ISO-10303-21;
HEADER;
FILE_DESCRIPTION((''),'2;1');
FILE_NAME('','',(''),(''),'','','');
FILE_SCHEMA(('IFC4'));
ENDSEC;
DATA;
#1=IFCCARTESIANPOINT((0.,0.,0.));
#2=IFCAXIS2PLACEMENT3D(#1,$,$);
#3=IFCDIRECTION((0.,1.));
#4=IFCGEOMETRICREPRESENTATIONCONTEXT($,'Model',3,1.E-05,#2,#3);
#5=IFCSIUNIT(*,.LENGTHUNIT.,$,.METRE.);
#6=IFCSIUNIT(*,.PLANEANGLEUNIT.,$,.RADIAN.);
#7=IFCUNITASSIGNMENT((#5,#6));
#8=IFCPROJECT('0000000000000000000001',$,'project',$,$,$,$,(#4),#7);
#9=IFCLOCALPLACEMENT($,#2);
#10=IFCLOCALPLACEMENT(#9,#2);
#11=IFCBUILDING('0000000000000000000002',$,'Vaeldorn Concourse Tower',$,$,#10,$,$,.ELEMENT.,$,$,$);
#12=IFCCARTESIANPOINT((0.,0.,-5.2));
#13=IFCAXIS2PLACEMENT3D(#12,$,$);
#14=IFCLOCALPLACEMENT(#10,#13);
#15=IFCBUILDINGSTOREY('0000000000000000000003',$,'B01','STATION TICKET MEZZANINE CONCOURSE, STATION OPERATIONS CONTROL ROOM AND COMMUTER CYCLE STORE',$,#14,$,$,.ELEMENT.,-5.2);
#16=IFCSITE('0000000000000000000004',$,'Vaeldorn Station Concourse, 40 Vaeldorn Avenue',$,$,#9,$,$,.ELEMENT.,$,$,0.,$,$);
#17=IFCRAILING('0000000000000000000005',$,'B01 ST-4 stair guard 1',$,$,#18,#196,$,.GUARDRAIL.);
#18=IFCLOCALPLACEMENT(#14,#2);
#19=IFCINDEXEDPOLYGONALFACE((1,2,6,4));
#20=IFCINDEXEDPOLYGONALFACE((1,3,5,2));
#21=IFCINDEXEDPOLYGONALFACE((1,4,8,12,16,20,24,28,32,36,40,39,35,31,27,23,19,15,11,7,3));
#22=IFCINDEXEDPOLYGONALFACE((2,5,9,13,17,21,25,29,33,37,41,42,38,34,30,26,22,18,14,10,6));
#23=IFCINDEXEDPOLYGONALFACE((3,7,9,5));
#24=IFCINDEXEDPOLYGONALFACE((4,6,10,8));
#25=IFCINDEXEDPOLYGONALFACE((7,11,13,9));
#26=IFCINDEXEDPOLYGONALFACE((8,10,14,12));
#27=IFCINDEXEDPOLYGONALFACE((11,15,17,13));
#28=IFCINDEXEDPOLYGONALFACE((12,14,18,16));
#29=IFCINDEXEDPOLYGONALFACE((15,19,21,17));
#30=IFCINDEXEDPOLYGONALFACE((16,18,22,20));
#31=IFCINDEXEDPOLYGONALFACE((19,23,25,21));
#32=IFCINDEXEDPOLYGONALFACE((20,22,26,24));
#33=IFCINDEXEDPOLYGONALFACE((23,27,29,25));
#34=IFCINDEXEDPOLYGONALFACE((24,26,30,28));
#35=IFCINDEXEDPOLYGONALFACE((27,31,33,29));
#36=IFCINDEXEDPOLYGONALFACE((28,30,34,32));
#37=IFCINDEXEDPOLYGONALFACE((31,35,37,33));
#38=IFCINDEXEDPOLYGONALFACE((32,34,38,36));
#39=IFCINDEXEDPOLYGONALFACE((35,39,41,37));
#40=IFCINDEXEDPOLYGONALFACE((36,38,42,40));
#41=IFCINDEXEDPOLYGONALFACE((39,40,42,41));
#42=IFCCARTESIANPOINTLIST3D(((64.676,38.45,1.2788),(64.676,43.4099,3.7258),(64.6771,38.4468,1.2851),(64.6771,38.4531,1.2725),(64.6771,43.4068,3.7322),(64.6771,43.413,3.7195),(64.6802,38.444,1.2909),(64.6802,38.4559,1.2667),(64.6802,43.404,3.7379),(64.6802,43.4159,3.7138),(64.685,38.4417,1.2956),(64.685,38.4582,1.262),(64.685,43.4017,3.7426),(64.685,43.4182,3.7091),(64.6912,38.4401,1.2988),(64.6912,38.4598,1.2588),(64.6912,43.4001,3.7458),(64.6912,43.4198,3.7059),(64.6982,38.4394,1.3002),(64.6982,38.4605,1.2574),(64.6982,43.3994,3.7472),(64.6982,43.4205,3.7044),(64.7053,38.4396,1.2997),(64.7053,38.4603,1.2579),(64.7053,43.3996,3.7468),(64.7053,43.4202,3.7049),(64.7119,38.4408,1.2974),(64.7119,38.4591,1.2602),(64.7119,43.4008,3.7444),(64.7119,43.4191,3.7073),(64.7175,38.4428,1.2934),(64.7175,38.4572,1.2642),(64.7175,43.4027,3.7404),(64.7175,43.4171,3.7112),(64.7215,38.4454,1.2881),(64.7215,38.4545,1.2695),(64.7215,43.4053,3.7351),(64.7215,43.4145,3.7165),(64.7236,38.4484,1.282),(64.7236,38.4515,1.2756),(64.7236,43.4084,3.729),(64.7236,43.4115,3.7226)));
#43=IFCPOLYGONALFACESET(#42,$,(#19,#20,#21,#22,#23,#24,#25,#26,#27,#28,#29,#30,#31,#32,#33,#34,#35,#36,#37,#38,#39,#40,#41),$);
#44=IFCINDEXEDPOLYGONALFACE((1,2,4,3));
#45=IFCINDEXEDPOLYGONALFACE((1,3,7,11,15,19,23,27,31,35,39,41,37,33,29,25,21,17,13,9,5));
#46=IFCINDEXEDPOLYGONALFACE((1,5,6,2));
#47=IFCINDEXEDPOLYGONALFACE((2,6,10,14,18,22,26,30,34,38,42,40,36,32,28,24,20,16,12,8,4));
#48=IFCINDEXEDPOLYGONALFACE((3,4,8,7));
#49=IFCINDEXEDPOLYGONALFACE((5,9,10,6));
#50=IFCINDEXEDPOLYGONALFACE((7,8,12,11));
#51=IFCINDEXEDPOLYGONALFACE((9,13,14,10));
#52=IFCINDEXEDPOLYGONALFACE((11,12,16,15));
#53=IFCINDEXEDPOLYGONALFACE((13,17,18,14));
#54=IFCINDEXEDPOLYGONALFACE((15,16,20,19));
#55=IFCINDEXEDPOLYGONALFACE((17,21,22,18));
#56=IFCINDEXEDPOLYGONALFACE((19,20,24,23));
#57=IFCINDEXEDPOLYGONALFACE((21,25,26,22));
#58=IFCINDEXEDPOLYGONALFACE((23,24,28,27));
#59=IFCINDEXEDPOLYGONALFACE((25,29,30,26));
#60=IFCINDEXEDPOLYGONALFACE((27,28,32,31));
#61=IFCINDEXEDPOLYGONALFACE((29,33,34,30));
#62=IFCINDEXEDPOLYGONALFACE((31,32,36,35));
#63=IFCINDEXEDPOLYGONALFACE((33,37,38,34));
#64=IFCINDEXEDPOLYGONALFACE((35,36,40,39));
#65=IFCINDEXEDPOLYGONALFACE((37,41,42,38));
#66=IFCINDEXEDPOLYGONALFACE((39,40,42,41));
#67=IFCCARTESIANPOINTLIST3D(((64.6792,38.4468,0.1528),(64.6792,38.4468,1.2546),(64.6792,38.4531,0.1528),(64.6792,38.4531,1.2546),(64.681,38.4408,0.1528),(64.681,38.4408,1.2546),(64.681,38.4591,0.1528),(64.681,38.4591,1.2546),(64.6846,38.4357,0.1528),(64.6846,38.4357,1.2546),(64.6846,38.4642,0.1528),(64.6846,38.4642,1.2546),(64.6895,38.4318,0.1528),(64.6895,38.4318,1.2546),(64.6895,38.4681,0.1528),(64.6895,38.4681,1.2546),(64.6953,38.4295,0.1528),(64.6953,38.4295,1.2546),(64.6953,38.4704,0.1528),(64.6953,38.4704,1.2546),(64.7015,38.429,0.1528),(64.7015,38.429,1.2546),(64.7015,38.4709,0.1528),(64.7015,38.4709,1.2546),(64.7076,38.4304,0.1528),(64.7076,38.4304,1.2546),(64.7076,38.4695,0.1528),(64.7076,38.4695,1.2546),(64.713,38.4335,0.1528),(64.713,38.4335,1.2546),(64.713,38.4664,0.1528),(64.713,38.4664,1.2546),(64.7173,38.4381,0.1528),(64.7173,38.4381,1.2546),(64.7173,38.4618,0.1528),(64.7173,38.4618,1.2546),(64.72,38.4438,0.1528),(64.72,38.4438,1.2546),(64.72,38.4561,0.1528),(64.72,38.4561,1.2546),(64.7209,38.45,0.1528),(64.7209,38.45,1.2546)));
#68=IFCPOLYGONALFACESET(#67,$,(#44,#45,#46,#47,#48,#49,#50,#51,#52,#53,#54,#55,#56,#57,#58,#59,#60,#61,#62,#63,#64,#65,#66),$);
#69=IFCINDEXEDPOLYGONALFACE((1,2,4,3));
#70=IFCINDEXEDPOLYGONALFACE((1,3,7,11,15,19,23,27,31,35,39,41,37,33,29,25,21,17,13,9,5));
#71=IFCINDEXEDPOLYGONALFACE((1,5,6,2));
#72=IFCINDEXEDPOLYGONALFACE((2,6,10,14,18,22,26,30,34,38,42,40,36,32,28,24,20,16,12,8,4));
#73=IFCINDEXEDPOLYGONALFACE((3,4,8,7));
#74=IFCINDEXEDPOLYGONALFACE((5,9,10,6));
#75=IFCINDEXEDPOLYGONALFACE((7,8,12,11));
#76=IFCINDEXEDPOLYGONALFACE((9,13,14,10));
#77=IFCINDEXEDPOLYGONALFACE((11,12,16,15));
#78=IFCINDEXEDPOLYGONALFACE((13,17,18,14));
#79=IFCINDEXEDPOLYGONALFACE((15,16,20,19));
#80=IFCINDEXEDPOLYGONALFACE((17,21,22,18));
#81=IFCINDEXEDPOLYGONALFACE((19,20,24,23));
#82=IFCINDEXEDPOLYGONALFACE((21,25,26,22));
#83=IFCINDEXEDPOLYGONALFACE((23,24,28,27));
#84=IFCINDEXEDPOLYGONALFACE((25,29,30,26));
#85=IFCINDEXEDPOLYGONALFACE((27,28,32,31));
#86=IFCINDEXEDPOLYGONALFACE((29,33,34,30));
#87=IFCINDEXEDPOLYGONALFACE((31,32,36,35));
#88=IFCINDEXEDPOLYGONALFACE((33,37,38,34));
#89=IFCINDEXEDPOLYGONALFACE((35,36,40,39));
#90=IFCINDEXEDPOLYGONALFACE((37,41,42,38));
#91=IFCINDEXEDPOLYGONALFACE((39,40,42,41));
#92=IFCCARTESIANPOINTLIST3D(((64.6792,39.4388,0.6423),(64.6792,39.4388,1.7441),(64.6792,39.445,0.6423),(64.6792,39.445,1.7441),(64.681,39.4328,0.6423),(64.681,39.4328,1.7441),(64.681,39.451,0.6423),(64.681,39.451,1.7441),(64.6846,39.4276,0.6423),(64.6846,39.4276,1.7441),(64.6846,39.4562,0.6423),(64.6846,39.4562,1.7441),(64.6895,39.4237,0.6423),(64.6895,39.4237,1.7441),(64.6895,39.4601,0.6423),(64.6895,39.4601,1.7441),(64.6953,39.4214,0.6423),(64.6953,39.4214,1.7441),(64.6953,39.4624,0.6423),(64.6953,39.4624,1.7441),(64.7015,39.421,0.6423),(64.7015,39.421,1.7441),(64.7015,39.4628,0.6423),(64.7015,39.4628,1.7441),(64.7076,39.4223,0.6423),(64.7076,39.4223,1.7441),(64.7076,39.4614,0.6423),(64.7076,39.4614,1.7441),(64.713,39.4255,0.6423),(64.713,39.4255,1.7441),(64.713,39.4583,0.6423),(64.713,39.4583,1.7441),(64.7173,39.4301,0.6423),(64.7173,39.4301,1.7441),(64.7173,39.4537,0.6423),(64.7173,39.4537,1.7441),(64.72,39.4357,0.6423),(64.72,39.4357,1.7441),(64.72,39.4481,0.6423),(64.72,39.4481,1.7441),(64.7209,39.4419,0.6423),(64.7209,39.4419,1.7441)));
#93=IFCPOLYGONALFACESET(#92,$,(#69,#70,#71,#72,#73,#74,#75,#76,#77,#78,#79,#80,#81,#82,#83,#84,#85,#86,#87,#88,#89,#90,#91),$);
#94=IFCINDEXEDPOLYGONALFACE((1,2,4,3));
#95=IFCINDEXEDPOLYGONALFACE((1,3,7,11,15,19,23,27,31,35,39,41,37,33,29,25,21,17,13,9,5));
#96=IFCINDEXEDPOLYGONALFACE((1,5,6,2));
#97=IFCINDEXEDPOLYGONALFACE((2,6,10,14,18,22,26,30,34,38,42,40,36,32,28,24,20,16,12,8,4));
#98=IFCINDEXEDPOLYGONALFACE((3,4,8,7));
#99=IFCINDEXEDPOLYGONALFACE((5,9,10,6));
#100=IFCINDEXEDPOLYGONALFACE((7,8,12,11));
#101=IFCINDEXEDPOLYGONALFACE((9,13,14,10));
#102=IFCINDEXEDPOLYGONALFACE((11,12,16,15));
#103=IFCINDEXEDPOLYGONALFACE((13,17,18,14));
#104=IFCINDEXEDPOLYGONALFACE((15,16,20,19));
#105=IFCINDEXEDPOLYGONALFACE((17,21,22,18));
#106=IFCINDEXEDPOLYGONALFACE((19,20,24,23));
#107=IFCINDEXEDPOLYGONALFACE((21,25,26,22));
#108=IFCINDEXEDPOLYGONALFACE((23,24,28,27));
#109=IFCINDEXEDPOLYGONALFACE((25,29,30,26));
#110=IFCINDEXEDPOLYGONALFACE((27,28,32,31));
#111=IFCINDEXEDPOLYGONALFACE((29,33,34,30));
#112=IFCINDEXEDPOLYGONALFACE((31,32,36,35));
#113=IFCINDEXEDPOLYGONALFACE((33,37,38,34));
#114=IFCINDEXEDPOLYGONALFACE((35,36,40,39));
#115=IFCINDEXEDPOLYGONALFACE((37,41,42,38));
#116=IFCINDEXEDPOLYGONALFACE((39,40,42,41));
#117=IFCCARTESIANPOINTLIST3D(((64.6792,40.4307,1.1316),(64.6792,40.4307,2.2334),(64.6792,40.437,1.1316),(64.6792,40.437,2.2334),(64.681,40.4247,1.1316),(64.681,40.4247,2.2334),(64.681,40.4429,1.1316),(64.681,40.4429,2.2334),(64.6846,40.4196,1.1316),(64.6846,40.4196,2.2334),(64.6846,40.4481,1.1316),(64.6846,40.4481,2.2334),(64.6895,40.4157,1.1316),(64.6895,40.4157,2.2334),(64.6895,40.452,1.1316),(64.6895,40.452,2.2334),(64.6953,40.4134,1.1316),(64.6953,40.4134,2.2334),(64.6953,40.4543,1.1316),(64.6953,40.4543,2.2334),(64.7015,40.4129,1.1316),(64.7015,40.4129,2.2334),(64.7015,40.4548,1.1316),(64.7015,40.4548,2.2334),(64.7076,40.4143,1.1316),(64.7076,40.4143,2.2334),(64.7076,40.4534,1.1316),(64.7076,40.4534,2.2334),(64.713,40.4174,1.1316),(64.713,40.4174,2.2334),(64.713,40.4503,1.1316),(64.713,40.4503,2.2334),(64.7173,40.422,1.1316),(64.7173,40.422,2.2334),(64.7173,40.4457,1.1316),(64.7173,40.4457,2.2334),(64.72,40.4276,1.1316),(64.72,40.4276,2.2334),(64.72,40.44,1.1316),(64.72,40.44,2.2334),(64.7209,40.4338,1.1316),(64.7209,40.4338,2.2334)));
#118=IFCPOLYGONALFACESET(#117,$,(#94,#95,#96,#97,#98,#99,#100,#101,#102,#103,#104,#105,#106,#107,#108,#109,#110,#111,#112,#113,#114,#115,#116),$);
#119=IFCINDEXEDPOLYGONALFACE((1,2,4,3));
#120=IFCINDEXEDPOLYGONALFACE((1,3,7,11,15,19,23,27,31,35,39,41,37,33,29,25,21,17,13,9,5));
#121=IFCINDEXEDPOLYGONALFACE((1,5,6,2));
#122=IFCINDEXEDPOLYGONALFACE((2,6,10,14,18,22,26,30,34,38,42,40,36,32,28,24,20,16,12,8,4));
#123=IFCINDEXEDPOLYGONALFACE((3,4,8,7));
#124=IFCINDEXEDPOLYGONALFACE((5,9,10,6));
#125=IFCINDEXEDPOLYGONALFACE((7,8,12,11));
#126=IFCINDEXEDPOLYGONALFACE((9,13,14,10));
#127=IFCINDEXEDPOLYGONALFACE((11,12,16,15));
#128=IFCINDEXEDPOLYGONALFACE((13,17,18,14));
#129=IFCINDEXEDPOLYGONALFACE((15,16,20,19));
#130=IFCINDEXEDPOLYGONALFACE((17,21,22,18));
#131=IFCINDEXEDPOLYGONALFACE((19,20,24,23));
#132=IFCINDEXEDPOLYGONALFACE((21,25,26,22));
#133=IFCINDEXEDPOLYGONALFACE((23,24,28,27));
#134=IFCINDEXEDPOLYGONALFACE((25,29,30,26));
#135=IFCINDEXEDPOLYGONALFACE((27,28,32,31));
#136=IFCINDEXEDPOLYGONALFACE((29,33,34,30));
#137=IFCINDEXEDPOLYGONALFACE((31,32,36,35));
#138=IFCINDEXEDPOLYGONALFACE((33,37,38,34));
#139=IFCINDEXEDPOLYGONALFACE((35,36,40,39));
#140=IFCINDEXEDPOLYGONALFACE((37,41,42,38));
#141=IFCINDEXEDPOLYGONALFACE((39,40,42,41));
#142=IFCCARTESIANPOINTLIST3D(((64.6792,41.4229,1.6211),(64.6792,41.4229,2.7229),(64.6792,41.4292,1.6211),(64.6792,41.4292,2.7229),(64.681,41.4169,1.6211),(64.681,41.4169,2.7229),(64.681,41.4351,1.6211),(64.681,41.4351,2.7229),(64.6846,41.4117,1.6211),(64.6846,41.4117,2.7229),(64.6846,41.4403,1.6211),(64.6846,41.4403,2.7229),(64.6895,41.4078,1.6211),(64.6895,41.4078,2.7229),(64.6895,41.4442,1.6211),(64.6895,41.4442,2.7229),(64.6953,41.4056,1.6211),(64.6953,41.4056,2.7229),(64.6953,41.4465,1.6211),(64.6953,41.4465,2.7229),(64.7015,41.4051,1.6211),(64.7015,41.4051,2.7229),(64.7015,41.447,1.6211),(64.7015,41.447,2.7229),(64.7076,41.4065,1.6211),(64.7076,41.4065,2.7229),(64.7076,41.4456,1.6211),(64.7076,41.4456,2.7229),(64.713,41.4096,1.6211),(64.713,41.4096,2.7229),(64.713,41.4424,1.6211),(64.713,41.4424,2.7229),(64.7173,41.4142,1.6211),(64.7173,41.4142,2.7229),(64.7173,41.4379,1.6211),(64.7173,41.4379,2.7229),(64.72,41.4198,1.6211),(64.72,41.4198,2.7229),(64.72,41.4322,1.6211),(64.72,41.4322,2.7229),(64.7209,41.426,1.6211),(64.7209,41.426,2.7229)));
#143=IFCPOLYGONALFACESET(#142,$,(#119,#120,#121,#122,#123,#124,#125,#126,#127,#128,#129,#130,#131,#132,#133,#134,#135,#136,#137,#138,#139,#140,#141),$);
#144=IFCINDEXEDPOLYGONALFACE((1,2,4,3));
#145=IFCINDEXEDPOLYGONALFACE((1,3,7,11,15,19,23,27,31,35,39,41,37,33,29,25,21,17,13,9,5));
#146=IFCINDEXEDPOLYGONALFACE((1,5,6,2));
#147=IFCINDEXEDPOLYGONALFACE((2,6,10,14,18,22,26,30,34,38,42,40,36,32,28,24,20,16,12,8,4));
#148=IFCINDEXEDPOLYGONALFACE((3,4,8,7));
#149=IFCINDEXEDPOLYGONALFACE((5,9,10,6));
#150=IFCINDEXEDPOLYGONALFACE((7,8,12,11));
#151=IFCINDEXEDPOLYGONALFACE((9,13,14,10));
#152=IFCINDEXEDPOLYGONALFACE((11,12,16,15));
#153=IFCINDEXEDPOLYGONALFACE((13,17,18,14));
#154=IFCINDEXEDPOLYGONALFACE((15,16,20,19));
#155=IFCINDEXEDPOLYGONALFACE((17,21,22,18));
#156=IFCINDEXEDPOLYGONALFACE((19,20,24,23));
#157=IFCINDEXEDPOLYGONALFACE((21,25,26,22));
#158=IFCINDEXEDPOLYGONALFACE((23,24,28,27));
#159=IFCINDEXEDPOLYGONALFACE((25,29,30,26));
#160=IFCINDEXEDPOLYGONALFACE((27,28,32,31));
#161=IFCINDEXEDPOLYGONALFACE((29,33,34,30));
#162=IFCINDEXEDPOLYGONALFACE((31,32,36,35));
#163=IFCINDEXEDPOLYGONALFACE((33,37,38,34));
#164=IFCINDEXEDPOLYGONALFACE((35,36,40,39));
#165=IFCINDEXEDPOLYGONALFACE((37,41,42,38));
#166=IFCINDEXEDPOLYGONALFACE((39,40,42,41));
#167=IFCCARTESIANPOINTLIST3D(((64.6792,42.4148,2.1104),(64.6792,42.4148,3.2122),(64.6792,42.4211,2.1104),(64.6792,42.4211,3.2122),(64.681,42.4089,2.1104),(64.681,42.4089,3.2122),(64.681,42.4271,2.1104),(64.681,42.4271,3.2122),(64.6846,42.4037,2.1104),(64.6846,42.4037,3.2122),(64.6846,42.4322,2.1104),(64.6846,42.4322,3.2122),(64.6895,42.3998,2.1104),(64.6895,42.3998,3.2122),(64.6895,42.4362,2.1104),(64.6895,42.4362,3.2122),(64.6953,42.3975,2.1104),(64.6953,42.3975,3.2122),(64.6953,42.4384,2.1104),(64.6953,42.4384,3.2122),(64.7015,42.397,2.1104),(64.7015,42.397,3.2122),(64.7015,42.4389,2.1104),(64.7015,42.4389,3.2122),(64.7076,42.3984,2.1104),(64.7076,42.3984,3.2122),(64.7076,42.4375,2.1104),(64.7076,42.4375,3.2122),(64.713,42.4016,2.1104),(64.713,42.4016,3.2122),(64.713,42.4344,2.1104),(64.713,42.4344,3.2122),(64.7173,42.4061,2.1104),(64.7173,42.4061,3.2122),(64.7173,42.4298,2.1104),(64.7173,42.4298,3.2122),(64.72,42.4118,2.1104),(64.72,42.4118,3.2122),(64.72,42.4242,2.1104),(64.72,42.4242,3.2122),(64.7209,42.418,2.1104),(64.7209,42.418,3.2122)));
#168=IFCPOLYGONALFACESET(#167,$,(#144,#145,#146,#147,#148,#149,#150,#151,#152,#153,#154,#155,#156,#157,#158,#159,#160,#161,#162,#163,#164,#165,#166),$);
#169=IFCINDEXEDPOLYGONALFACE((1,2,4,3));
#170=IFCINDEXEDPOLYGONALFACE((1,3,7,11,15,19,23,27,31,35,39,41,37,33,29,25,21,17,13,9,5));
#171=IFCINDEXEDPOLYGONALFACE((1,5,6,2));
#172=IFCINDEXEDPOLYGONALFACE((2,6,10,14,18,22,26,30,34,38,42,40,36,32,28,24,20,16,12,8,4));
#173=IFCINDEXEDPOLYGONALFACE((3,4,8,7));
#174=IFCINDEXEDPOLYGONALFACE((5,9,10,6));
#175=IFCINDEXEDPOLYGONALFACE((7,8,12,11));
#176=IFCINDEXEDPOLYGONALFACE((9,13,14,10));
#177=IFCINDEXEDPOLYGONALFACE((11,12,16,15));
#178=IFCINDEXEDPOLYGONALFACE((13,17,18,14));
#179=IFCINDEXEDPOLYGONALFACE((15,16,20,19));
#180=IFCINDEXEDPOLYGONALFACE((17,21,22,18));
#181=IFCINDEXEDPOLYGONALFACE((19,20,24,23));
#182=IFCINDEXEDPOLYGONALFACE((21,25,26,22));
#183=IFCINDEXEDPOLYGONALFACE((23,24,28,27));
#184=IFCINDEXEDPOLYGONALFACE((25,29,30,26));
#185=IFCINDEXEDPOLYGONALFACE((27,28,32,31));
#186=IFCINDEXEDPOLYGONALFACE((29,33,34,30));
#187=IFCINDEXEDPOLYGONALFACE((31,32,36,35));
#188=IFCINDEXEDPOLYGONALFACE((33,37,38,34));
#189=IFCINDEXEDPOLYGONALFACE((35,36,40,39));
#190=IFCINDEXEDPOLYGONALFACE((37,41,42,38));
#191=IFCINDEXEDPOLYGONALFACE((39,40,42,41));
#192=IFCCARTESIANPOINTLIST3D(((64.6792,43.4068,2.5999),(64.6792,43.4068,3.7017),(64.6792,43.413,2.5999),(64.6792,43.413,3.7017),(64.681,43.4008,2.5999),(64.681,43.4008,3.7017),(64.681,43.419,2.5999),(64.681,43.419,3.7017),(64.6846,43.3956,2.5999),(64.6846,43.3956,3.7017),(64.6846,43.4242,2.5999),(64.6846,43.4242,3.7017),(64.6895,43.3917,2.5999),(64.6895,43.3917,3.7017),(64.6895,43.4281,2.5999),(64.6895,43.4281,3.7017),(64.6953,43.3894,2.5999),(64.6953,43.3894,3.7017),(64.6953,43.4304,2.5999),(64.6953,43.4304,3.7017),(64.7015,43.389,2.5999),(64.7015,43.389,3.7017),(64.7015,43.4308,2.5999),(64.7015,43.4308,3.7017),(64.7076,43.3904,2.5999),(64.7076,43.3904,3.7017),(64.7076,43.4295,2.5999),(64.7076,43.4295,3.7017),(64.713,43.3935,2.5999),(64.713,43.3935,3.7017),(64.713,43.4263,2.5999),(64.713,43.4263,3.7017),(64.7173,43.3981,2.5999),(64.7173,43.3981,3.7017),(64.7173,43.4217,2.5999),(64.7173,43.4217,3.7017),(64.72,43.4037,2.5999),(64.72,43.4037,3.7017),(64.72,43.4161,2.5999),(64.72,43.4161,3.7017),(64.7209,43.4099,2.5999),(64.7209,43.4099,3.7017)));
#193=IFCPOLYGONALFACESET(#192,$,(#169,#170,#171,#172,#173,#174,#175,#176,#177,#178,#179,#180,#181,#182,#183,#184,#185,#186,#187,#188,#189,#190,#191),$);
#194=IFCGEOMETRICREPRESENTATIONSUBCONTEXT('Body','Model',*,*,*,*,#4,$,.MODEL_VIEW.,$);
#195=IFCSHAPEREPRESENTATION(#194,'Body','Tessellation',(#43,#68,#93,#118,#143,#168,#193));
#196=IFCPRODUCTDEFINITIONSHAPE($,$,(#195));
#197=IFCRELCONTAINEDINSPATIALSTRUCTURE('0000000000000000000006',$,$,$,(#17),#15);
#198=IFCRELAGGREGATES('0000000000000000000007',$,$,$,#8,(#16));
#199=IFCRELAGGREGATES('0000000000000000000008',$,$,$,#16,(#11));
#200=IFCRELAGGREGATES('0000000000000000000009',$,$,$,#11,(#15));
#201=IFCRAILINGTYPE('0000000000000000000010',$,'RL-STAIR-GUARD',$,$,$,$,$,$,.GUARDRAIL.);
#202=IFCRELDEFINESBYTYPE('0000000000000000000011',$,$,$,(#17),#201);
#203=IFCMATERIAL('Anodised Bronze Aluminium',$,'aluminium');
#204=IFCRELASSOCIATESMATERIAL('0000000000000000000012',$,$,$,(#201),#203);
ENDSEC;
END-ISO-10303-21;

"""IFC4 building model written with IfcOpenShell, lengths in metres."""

from ifc_helpers import new_model, si_unit, direction, frame, origin, origin_2d, place, context, subcontext, project, spatial, circle, extrude, material, type_object, element, save


model = new_model("IFC4")

# Units and contexts
model_context = context("Model", 3, precision=1e-05, world=origin(), true_north=direction((0.0, 1.0)))
body_context = subcontext(model_context, "Body", "Model", "MODEL_VIEW")
ifc_project = project(units=[si_unit("LENGTHUNIT", "METRE"), si_unit("PLANEANGLEUNIT", "RADIAN")], contexts=[model_context])

# Site, building, storey
site_placement = place(None, origin())
site = spatial("IfcSite", under=ifc_project, at=site_placement, Name="Vaeldorn Station Concourse, 40 Vaeldorn Avenue", CompositionType="ELEMENT", RefElevation=0.0)
building_placement = place(site_placement, origin())
building = spatial("IfcBuilding", under=site, at=building_placement, Name="Vaeldorn Concourse Tower", CompositionType="ELEMENT")
storey_placement = place(building_placement, frame((0.0, 0.0, -5.2)))
storey = spatial("IfcBuildingStorey", under=building, at=storey_placement, Name="B01", Description="STATION TICKET MEZZANINE CONCOURSE, STATION OPERATIONS CONTROL ROOM AND COMMUTER CYCLE STORE", CompositionType="ELEMENT", Elevation=-5.2)

# Railing
ifc_material_1 = material(Name="Anodised Bronze Aluminium", Category="aluminium")
railing_type_1 = type_object("IfcRailingType", Name="RL-STAIR-GUARD", PredefinedType="GUARDRAIL", material=ifc_material_1)
railing_1_placement = place(storey_placement, frame((64.7, 38.45, 0.1528)))
element("IfcRailing", 1, at=railing_1_placement, inside=storey, type_object=railing_type_1, Name="B01 ST-4 stair guard 1", PredefinedType="GUARDRAIL", context=body_context, shape_type="SweptSolid", body=[
    extrude(circle(Radius=0.0239, at=origin_2d()), frame((0.0, 0.0, 1.126), z_axis=(0.0, 0.896798, 0.44244), x_axis=(-1.0, 0.0, 0.0)), (0.0, 0.0, 1.0), 5.5308),
    extrude(circle(Radius=0.021, at=origin_2d()), origin(), (0.0, 0.0, 1.0), 1.1018),
    extrude(circle(Radius=0.021, at=origin_2d()), frame((0.0, 0.9919, 0.4895)), (0.0, 0.0, 1.0), 1.1018),
    extrude(circle(Radius=0.021, at=origin_2d()), frame((0.0, 1.9839, 0.9788)), (0.0, 0.0, 1.0), 1.1018),
    extrude(circle(Radius=0.021, at=origin_2d()), frame((0.0, 2.9761, 1.4683)), (0.0, 0.0, 1.0), 1.1018),
    extrude(circle(Radius=0.021, at=origin_2d()), frame((0.0, 3.968, 1.9575)), (0.0, 0.0, 1.0), 1.1018),
    extrude(circle(Radius=0.021, at=origin_2d()), frame((0.0, 4.96, 2.447)), (0.0, 0.0, 1.0), 1.1018),
])

save(model, "model.ifc")
